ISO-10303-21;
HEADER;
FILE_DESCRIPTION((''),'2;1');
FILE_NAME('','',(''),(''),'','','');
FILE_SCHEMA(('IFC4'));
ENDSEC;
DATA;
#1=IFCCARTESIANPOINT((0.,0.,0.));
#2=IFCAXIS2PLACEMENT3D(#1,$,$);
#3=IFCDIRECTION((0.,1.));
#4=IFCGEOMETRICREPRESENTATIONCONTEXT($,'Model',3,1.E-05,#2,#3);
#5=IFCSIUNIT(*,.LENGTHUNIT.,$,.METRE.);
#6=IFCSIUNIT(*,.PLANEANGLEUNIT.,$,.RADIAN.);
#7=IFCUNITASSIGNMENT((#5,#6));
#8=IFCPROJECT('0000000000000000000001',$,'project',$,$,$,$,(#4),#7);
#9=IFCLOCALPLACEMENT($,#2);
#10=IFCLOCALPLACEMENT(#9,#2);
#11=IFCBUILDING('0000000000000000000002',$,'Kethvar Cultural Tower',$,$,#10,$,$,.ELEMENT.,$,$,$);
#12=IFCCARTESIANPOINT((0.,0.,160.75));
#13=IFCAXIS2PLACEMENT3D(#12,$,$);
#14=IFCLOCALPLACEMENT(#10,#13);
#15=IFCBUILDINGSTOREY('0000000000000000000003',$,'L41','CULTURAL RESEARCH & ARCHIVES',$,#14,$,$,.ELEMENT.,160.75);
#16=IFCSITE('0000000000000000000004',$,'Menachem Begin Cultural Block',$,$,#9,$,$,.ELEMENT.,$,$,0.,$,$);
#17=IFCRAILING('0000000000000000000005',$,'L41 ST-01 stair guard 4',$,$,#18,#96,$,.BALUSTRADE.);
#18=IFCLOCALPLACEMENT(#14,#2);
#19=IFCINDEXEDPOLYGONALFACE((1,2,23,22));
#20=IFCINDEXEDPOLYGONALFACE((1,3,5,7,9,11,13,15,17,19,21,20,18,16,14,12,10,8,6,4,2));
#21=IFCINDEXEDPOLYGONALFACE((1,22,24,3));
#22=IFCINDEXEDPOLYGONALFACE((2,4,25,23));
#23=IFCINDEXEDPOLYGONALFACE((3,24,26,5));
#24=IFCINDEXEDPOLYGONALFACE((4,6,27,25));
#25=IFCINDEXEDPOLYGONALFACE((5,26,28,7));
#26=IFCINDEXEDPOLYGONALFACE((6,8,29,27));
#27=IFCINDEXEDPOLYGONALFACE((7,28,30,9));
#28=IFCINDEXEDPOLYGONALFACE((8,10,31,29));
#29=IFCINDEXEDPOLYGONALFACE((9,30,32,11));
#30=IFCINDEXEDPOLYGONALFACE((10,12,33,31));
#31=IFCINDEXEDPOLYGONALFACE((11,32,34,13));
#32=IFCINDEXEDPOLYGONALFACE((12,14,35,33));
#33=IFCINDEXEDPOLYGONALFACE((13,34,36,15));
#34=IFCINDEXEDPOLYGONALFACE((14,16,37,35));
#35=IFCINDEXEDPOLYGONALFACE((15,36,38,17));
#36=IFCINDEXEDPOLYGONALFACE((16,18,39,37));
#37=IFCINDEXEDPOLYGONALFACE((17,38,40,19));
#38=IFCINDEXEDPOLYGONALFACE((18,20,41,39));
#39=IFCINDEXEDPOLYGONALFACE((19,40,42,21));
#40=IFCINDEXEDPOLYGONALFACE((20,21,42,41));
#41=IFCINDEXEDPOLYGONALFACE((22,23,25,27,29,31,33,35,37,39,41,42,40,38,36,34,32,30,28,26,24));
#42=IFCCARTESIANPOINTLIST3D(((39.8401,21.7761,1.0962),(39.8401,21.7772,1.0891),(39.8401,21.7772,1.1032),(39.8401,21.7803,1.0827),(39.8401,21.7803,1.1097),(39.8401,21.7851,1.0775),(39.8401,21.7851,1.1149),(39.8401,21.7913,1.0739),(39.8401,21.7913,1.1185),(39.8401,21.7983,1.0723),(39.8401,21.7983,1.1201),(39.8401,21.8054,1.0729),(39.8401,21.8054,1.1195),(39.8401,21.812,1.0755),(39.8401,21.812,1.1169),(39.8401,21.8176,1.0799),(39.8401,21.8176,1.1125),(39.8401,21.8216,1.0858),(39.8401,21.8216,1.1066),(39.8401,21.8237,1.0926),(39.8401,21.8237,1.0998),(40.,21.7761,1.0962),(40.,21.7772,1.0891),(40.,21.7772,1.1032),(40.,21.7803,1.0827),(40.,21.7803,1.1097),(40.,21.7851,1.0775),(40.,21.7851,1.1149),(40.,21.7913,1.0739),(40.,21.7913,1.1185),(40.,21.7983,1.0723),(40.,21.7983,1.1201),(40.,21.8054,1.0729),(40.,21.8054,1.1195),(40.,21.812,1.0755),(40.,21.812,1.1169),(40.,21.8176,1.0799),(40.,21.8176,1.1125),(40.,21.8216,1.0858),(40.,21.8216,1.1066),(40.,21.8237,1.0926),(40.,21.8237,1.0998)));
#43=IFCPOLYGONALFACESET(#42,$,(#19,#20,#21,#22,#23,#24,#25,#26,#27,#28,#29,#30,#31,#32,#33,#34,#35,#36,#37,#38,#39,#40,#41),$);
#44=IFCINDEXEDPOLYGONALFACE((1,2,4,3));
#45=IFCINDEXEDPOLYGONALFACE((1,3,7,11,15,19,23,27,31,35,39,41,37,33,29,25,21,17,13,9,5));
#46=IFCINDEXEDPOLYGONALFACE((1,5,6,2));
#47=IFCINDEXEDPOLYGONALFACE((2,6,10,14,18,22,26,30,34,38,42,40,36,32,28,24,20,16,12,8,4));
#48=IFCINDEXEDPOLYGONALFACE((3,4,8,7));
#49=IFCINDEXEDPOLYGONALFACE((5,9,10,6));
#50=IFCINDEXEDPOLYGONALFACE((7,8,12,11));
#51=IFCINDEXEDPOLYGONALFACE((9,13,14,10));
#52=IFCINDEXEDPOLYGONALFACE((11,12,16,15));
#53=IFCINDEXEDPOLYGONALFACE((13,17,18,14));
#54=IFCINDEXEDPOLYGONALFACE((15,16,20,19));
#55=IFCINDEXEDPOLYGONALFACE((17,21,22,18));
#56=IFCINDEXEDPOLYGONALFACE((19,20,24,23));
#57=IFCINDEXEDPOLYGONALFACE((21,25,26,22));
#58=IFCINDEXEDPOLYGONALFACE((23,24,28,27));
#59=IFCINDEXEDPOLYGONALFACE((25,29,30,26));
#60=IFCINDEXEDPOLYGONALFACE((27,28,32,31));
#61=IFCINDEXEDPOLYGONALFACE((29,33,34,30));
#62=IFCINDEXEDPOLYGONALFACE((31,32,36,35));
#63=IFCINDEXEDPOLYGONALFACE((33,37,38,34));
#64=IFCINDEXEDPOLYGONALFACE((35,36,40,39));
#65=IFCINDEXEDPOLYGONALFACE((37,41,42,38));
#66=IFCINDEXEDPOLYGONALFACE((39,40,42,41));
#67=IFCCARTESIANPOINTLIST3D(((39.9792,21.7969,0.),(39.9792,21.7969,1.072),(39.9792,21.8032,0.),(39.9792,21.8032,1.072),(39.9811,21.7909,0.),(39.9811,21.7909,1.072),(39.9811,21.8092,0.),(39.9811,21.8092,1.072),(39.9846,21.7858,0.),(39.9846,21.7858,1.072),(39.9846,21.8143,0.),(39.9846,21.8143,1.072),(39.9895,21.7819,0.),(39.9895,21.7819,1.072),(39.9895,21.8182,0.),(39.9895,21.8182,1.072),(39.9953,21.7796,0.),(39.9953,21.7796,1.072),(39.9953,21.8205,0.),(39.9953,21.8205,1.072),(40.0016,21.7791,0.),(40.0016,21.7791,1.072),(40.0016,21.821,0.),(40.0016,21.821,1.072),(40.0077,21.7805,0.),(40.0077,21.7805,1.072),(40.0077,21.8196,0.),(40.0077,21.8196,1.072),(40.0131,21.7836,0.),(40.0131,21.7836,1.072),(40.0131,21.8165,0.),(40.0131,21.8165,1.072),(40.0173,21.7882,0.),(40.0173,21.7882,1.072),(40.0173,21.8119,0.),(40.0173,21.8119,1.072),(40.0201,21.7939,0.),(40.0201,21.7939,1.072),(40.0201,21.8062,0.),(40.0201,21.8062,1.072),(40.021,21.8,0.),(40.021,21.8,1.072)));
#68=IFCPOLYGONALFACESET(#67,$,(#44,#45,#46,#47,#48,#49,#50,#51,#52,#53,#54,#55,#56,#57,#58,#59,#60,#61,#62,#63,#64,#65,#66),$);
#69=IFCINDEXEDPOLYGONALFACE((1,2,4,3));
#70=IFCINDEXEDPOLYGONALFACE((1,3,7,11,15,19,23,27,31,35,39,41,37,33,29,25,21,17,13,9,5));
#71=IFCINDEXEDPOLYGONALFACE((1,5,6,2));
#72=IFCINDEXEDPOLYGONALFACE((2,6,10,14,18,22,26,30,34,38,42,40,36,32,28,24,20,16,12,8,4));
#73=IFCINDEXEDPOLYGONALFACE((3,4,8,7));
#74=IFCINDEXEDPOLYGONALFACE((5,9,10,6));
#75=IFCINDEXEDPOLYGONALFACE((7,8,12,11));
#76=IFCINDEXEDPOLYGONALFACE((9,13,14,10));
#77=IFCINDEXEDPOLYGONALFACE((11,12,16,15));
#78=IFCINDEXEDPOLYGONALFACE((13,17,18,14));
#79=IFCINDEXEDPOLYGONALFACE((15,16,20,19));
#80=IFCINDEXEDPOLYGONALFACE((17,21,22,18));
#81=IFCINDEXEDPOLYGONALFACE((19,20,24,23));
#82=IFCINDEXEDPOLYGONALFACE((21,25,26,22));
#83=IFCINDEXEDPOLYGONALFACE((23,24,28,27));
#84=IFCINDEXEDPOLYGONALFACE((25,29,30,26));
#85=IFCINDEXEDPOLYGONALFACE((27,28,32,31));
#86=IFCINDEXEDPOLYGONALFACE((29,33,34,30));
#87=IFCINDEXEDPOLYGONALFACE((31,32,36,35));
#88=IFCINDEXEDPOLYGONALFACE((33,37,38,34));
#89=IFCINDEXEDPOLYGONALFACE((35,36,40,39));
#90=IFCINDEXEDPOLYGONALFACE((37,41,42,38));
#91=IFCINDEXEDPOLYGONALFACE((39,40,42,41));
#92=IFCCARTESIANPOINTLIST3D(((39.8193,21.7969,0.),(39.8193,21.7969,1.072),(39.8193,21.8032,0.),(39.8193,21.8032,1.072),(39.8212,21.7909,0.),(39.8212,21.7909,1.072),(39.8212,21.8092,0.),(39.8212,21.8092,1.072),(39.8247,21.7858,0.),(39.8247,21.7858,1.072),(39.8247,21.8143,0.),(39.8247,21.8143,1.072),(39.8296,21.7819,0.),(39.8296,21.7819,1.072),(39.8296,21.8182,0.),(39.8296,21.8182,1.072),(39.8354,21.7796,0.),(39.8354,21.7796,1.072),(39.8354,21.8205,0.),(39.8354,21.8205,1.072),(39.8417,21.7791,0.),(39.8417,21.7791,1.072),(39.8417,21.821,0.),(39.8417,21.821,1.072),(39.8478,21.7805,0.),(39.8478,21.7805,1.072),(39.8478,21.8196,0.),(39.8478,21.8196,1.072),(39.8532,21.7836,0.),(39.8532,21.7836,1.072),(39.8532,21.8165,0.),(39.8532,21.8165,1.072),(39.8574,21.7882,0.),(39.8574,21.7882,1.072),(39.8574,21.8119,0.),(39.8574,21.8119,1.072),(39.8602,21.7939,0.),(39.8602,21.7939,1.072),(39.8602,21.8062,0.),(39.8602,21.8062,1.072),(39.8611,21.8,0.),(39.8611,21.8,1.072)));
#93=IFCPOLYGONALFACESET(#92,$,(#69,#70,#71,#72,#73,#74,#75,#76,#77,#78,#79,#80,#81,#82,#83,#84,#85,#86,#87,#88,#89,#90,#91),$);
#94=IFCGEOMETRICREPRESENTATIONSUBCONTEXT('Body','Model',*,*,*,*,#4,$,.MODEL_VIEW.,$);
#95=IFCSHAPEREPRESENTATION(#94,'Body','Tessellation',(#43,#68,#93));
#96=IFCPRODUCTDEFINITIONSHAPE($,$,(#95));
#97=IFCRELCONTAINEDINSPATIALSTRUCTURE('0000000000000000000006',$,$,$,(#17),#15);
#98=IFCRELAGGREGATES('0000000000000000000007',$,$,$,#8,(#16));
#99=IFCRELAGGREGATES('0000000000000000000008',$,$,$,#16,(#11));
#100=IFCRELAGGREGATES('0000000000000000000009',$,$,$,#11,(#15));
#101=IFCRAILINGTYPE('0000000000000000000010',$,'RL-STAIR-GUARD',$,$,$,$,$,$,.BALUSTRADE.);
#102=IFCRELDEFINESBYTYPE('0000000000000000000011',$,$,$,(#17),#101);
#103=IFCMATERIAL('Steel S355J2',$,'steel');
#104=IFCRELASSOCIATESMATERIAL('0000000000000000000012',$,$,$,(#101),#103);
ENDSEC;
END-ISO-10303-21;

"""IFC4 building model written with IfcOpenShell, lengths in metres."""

from ifc_helpers import new_model, si_unit, direction, frame, origin, origin_2d, place, context, subcontext, project, spatial, circle, extrude, material, type_object, element, save


model = new_model("IFC4")

# Units and contexts
model_context = context("Model", 3, precision=1e-05, world=origin(), true_north=direction((0.0, 1.0)))
body_context = subcontext(model_context, "Body", "Model", "MODEL_VIEW")
ifc_project = project(units=[si_unit("LENGTHUNIT", "METRE"), si_unit("PLANEANGLEUNIT", "RADIAN")], contexts=[model_context])

# Site, building, storey
site_placement = place(None, origin())
site = spatial("IfcSite", under=ifc_project, at=site_placement, Name="Menachem Begin Cultural Block", CompositionType="ELEMENT", RefElevation=0.0)
building_placement = place(site_placement, origin())
building = spatial("IfcBuilding", under=site, at=building_placement, Name="Kethvar Cultural Tower", CompositionType="ELEMENT")
storey_placement = place(building_placement, frame((0.0, 0.0, 160.75)))
storey = spatial("IfcBuildingStorey", under=building, at=storey_placement, Name="L41", Description="CULTURAL RESEARCH & ARCHIVES", CompositionType="ELEMENT", Elevation=160.75)

# Shared definitions
ifc_material_1 = material(Name="Steel S355J2", Category="steel")

# Railing
railing_type_1 = type_object("IfcRailingType", Name="RL-STAIR-GUARD", PredefinedType="BALUSTRADE", material=ifc_material_1)
railing_1_placement = place(storey_placement, frame((40.0, 21.8, 0.0)))
element("IfcRailing", 1, at=railing_1_placement, inside=storey, type_object=railing_type_1, Name="L41 ST-01 stair guard 4", PredefinedType="BALUSTRADE", context=body_context, shape_type="SweptSolid", body=[
    extrude(circle(Radius=0.0239, at=origin_2d()), frame((0.0, 0.0, 1.0962), z_axis=(-1.0, 0.0, 0.0), x_axis=(0.0, -1.0, 0.0)), (0.0, 0.0, 1.0), 0.1599),
    extrude(circle(Radius=0.021, at=origin_2d()), origin(), (0.0, 0.0, 1.0), 1.072),
    extrude(circle(Radius=0.021, at=origin_2d()), frame((-0.1599, 0.0, 0.0)), (0.0, 0.0, 1.0), 1.072),
])

save(model, "model.ifc")
